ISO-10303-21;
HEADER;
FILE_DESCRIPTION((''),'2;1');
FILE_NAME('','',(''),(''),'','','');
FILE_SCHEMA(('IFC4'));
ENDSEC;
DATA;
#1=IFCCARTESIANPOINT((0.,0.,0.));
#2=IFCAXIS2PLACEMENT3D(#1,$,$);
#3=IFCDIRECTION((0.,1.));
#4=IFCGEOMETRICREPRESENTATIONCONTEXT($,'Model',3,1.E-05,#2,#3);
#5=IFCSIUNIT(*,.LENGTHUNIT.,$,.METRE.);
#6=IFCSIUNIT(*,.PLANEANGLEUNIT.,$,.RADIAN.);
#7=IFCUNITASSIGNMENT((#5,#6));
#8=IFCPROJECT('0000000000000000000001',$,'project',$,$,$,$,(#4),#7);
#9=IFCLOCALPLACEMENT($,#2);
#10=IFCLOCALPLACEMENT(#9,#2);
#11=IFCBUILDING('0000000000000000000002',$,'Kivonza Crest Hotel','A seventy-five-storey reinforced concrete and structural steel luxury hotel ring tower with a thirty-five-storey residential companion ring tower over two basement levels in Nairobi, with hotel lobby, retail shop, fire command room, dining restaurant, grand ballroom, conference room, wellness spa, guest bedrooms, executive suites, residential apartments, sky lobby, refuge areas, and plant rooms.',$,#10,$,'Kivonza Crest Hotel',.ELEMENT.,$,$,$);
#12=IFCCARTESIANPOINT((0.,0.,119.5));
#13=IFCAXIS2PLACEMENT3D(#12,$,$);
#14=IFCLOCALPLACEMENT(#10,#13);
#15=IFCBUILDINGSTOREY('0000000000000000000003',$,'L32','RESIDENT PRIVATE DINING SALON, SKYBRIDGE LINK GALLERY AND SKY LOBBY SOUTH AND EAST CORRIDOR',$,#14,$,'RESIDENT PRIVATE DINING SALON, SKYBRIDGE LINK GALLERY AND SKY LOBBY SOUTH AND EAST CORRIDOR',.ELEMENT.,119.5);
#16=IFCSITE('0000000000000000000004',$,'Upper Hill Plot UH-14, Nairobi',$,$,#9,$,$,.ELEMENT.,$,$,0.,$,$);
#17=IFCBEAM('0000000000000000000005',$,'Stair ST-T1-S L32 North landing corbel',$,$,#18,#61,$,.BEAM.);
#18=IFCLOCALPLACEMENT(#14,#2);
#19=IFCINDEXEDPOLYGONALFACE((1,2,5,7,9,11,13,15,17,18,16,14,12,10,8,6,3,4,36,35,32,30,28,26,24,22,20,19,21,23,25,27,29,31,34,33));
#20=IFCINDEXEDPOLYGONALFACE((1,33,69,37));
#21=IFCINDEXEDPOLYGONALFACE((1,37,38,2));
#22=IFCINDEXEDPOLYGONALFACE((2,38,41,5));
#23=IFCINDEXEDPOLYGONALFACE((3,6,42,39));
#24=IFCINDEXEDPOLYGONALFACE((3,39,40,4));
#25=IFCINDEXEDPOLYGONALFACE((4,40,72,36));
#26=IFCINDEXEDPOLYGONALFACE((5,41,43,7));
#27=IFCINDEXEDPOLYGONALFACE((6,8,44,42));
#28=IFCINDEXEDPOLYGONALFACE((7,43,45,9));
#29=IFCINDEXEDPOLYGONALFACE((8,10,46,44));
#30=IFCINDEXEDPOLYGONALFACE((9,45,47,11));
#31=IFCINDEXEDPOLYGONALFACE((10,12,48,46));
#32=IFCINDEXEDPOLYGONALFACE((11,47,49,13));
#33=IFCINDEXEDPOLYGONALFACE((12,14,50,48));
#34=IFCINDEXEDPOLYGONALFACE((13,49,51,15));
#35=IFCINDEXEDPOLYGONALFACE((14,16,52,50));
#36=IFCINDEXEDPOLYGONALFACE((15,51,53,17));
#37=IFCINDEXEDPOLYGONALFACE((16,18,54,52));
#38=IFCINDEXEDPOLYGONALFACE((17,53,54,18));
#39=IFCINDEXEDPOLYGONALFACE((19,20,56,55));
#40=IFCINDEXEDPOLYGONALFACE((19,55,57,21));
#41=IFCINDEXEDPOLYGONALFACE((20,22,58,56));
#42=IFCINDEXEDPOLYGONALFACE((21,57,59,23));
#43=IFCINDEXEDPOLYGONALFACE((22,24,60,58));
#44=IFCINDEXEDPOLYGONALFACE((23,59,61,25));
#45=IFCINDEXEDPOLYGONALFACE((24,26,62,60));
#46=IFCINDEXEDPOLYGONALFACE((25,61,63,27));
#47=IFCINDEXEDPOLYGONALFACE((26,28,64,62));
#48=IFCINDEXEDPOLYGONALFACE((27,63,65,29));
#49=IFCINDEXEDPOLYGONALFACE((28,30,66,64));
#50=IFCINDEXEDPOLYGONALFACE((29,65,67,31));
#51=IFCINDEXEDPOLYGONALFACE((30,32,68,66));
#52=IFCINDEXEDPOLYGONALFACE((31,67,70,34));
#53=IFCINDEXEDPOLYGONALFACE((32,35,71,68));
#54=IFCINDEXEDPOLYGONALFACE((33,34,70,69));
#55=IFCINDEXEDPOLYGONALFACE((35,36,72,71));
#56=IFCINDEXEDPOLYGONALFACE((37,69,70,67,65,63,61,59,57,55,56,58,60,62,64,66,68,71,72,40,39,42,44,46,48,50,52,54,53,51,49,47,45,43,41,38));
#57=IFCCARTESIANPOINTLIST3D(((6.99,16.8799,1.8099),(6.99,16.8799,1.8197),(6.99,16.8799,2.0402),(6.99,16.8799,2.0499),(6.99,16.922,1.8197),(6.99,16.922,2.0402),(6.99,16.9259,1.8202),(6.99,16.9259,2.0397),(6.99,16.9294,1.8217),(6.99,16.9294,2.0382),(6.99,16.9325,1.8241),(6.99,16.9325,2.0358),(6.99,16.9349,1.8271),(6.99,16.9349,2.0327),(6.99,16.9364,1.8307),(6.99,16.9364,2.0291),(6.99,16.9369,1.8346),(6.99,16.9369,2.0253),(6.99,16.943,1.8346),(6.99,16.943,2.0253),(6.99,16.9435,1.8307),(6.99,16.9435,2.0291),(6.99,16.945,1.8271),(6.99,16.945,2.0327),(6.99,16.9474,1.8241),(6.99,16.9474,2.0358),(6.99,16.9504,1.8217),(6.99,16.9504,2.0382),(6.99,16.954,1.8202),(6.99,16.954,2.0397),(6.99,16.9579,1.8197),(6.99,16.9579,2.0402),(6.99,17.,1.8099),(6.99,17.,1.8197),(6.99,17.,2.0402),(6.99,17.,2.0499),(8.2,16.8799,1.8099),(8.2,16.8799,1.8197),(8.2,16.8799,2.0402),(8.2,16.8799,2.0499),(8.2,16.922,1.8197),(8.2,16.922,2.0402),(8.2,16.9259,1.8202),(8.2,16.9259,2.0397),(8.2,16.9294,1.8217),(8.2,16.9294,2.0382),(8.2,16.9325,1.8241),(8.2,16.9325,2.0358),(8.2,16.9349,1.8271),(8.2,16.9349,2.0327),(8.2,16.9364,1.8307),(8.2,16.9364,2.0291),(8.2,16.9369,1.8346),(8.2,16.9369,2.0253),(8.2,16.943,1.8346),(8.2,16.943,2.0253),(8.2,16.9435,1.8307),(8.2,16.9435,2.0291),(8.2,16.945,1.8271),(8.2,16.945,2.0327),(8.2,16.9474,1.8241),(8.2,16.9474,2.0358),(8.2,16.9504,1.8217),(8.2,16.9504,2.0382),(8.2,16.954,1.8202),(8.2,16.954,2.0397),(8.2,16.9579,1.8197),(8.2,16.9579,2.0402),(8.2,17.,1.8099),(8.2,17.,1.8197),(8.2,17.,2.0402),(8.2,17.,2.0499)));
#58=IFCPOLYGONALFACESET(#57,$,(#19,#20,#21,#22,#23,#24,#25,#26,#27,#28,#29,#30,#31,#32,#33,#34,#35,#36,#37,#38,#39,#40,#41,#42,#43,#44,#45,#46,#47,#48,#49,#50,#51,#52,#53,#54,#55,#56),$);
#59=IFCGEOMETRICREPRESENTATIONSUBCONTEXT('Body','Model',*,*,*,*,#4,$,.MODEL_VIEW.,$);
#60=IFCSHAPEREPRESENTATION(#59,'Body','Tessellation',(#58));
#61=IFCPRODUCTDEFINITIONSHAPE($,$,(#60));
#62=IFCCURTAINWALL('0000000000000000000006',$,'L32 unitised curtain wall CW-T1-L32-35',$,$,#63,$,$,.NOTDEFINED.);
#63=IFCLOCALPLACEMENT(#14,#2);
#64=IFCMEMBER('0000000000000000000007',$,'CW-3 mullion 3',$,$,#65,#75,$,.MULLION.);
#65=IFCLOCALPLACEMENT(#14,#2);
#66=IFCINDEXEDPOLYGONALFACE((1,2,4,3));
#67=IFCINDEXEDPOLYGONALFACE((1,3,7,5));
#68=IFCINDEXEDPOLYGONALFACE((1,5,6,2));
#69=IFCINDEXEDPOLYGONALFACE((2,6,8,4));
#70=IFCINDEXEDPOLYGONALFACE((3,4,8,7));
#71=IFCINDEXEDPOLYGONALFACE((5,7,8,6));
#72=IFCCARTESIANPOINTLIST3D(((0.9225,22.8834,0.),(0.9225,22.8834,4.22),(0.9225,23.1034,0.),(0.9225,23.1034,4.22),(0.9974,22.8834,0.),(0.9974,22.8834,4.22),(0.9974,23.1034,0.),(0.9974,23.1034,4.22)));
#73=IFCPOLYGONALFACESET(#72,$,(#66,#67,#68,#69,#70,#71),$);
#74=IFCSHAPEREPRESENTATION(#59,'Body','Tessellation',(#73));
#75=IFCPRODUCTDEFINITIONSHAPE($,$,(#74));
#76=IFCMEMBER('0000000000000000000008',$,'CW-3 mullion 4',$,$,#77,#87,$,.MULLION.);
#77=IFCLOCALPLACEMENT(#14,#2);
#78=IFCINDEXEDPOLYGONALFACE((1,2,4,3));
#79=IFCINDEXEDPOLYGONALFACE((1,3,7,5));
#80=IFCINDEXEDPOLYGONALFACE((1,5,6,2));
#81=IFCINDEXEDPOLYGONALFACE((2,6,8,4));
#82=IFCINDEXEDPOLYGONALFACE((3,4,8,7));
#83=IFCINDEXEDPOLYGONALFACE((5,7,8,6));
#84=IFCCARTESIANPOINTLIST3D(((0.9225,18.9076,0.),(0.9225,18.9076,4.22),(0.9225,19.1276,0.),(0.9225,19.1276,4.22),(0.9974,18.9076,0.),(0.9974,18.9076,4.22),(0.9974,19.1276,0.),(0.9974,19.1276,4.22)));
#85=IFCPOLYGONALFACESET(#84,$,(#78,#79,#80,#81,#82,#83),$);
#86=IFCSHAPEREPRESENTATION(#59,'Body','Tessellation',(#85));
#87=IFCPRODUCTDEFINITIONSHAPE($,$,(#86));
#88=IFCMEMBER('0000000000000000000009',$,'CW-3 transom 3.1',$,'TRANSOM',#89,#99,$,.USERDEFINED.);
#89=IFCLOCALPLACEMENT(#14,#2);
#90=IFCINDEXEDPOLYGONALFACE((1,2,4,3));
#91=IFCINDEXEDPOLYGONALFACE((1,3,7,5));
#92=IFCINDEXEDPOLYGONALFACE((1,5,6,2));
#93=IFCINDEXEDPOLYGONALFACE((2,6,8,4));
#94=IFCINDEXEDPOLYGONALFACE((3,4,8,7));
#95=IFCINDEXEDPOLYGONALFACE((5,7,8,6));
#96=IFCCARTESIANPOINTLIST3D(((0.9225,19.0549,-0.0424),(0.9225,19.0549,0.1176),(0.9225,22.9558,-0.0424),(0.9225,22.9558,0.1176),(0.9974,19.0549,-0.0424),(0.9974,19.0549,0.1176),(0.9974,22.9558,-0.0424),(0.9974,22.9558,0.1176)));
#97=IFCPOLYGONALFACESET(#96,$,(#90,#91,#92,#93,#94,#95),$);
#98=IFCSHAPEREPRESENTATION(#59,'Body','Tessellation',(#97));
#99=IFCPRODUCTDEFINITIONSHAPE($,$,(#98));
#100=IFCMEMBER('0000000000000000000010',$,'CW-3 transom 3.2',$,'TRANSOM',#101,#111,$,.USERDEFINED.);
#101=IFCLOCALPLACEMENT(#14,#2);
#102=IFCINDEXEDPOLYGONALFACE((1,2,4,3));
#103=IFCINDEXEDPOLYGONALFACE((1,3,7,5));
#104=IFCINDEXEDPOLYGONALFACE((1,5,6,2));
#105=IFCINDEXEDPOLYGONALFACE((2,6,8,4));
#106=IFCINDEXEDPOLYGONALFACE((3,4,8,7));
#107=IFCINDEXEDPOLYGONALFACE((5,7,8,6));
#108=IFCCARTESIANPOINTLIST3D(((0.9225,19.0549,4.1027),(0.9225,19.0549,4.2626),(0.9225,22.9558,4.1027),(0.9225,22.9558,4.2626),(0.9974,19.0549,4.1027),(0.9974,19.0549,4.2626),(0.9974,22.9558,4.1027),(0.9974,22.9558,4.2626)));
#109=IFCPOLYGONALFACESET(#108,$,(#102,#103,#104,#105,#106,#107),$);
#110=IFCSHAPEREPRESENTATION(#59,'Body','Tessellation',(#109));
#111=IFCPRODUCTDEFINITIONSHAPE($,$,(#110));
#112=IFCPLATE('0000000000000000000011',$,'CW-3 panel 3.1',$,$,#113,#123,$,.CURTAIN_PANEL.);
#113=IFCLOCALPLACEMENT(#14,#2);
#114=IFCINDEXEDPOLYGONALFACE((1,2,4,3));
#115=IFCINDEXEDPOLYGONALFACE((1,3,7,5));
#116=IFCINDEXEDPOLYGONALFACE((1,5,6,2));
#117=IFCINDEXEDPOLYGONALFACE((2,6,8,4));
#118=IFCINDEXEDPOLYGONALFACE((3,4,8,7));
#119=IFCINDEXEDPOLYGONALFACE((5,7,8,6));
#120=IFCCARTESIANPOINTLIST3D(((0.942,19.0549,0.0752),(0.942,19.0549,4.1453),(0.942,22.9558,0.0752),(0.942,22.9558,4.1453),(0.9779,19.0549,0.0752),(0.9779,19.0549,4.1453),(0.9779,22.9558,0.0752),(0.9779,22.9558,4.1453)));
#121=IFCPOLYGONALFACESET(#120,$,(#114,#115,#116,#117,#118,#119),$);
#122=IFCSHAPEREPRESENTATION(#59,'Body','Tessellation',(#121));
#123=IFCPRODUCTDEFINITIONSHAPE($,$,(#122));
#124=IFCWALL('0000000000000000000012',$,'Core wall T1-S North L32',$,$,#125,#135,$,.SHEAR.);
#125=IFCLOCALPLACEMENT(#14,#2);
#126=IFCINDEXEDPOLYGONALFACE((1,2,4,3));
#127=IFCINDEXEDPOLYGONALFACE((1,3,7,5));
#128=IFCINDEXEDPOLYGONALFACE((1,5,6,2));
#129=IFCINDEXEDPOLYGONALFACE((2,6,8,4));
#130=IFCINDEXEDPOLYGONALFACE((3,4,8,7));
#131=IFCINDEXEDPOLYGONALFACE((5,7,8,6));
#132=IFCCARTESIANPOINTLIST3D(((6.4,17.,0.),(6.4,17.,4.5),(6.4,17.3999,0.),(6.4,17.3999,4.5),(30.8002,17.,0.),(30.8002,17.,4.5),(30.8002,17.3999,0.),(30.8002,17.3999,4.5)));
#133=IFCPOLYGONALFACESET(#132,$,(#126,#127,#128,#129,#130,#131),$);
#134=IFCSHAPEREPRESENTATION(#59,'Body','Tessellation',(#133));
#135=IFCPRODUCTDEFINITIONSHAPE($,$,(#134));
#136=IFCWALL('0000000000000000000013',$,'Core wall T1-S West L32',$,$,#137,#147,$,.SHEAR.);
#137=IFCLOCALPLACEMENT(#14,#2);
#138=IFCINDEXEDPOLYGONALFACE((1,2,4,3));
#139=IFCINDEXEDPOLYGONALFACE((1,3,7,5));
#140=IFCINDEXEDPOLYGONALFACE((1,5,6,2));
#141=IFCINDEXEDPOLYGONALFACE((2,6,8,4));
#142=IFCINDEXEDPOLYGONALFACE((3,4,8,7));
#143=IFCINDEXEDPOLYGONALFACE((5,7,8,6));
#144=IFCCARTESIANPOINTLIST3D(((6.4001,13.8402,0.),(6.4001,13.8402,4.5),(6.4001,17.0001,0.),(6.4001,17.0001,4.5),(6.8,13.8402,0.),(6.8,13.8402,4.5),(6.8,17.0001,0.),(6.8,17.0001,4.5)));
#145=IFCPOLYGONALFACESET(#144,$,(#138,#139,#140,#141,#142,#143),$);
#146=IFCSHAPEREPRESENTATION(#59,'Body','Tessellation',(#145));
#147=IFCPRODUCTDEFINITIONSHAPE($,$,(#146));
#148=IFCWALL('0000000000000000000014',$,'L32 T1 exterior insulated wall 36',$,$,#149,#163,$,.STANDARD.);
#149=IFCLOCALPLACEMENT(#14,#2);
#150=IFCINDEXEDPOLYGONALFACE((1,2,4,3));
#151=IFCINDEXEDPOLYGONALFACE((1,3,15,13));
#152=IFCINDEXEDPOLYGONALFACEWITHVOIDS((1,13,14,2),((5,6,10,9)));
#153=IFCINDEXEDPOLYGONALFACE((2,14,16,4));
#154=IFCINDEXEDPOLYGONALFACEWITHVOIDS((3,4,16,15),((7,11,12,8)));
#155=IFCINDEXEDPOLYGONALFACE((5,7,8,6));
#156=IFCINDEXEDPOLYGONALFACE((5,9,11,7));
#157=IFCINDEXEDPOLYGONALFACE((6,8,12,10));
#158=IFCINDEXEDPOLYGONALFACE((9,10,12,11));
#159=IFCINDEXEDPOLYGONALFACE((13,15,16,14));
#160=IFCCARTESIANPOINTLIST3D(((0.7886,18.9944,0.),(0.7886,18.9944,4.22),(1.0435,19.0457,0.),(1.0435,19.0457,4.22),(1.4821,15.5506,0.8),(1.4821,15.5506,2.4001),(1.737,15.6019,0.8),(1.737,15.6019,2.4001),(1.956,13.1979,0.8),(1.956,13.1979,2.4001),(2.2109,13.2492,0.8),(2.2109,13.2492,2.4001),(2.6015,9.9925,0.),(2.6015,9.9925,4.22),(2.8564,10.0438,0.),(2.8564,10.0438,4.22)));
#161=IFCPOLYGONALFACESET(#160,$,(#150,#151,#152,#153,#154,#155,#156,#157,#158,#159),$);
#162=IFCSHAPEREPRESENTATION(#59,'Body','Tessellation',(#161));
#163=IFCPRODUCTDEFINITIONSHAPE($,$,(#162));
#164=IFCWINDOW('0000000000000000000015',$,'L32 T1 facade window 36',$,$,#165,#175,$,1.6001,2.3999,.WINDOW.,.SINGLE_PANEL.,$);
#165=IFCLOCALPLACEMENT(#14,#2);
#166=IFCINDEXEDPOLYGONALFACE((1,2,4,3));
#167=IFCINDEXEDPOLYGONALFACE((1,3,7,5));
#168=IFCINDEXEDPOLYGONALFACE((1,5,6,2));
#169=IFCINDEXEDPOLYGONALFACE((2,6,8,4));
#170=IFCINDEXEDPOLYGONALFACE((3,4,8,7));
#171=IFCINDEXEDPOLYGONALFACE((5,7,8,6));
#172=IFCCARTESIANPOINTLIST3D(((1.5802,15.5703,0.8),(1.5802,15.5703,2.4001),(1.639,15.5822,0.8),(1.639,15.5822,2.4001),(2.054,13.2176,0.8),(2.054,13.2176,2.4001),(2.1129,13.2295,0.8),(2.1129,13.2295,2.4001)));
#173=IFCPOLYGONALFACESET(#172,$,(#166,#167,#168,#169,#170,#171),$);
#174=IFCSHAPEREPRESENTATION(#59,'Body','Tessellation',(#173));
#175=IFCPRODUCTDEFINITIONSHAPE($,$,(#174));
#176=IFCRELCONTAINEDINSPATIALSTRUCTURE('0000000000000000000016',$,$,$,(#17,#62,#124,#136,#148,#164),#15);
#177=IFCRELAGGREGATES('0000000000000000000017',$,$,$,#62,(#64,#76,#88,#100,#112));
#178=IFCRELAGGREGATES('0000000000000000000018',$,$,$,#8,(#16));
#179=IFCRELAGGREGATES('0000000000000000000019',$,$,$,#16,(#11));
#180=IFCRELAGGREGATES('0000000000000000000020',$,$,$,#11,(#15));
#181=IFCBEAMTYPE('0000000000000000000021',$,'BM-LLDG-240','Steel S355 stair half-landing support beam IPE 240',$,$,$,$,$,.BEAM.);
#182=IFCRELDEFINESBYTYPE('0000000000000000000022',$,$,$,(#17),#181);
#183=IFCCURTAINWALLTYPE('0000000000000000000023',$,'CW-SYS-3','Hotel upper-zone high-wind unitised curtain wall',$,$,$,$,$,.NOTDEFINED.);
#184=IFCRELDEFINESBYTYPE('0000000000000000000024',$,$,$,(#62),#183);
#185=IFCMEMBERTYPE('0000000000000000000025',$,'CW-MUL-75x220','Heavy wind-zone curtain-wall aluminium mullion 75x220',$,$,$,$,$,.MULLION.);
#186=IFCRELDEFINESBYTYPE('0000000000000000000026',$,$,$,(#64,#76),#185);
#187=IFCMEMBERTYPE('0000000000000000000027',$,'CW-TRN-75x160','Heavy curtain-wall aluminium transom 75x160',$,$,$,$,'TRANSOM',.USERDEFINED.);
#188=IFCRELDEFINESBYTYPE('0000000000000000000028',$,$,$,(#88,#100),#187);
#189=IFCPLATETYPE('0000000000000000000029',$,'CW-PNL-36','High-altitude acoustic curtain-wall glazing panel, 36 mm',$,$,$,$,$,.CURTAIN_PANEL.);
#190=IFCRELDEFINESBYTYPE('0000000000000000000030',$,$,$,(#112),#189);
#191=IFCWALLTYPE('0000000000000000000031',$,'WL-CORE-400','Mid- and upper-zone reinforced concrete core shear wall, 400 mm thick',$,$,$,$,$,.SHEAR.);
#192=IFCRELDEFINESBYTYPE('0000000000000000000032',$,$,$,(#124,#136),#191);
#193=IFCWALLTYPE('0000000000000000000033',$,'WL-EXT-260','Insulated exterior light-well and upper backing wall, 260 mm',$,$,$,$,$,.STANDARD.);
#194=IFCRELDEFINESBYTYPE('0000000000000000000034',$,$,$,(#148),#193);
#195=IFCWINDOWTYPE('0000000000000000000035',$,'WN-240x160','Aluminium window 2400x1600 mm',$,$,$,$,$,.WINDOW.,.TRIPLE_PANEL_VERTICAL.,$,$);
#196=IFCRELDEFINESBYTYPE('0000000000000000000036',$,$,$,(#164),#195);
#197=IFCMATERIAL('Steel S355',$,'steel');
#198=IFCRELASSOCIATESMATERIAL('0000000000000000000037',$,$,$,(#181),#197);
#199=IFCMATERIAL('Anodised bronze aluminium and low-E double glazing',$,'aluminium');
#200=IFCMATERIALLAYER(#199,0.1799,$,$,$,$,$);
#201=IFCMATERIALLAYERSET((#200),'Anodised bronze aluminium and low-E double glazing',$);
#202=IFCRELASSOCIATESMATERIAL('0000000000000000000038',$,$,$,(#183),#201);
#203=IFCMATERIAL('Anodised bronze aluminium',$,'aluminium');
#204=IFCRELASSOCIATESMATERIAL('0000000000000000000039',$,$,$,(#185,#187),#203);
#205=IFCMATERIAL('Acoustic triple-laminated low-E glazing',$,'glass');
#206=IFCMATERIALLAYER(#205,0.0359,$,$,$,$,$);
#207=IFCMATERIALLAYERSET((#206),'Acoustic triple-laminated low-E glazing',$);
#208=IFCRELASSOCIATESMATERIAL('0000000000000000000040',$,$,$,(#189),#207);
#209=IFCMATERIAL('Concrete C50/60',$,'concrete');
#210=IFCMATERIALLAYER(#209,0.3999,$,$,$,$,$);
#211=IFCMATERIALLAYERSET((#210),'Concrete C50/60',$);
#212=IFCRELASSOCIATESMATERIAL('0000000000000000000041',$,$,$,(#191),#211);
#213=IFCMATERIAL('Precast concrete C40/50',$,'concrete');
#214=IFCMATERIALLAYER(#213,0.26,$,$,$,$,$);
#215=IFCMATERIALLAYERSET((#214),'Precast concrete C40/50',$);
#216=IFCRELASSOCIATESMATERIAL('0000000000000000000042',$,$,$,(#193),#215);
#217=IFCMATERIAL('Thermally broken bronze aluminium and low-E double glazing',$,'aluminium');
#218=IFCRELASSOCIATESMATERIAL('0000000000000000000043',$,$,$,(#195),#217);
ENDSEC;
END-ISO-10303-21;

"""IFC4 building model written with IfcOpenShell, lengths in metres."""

from ifc_helpers import new_model, si_unit, direction, frame, frame_2d, origin, origin_2d, place, context, subcontext, project, spatial, rectangle, i_section, extrude, material, layer, layer_set, material_profile, profile_set, type_object, element, fill, aggregate, save


model = new_model("IFC4")

# Units and contexts
model_context = context("Model", 3, precision=1e-05, world=origin(), true_north=direction((0.0, 1.0)))
body_context = subcontext(model_context, "Body", "Model", "MODEL_VIEW")
ifc_project = project(units=[si_unit("LENGTHUNIT", "METRE"), si_unit("PLANEANGLEUNIT", "RADIAN")], contexts=[model_context])

# Site, building, storey
site_placement = place(None, origin())
site = spatial("IfcSite", under=ifc_project, at=site_placement, Name="Upper Hill Plot UH-14, Nairobi", CompositionType="ELEMENT", RefElevation=0.0)
building_placement = place(site_placement, origin())
building = spatial("IfcBuilding", under=site, at=building_placement, Name="Kivonza Crest Hotel", Description="A seventy-five-storey reinforced concrete and structural steel luxury hotel ring tower with a thirty-five-storey residential companion ring tower over two basement levels in Nairobi, with hotel lobby, retail shop, fire command room, dining restaurant, grand ballroom, conference room, wellness spa, guest bedrooms, executive suites, residential apartments, sky lobby, refuge areas, and plant rooms.", LongName="Kivonza Crest Hotel", CompositionType="ELEMENT")
storey_placement = place(building_placement, frame((0.0, 0.0, 119.5)))
storey = spatial("IfcBuildingStorey", under=building, at=storey_placement, Name="L32", Description="RESIDENT PRIVATE DINING SALON, SKYBRIDGE LINK GALLERY AND SKY LOBBY SOUTH AND EAST CORRIDOR", LongName="RESIDENT PRIVATE DINING SALON, SKYBRIDGE LINK GALLERY AND SKY LOBBY SOUTH AND EAST CORRIDOR", CompositionType="ELEMENT", Elevation=119.5)

# Shared definitions
ifc_material_1 = material(Name="Concrete C50/60", Category="concrete")

# Beam
ifc_material_2 = material(Name="Steel S355", Category="steel")
ifc_material_profile_1 = material_profile(ifc_material_2, i_section(OverallWidth=0.1201, OverallDepth=0.24, WebThickness=0.0061, FlangeThickness=0.0098, FilletRadius=0.0149, at=origin_2d()), Name="IPE 240")
ifc_profile_set_1 = profile_set([ifc_material_profile_1], Name="Steel S355")
beam_type_1 = type_object("IfcBeamType", Name="BM-LLDG-240", Description="Steel S355 stair half-landing support beam IPE 240", PredefinedType="BEAM", material=ifc_profile_set_1)
for number, where, z_axis, x_axis, name in (
    (1, (6.99, 16.9399, 1.9299), (1.0, 0.0, 0.0), (0.0, 1.0, 0.0), "Stair ST-T1-S L32 North landing corbel"),
):
    element("IfcBeam", number, at=place(storey_placement, frame(where, z_axis=z_axis, x_axis=x_axis)), inside=storey, type_object=beam_type_1, Name=name, PredefinedType="BEAM", context=body_context, shape_type="SweptSolid", body=[
        extrude(i_section(OverallWidth=0.1201, OverallDepth=0.24, WebThickness=0.0061, FlangeThickness=0.0098, FilletRadius=0.0149, at=origin_2d()), origin(), (0.0, 0.0, 1.0), 1.21),
    ])

# Curtain wall, members, plate
ifc_material_3 = material(Name="Anodised bronze aluminium and low-E double glazing", Category="aluminium")
ifc_layer_1 = layer(ifc_material_3, 0.1799)
ifc_layer_set_1 = layer_set([ifc_layer_1], Name="Anodised bronze aluminium and low-E double glazing")
curtain_wall_type = type_object("IfcCurtainWallType", Name="CW-SYS-3", Description="Hotel upper-zone high-wind unitised curtain wall", PredefinedType="NOTDEFINED", material=ifc_layer_set_1)
curtain_wall_placement = place(storey_placement, origin())
curtain_wall = element("IfcCurtainWall", 2, at=curtain_wall_placement, inside=storey, type_object=curtain_wall_type, Name="L32 unitised curtain wall CW-T1-L32-35", PredefinedType="NOTDEFINED")
ifc_material_4 = material(Name="Anodised bronze aluminium", Category="aluminium")
ifc_material_profile_2 = material_profile(ifc_material_4, rectangle(XDim=0.075, YDim=0.22, at=origin_2d()), Name="CW-M 75x220")
ifc_profile_set_2 = profile_set([ifc_material_profile_2], Name="Anodised bronze aluminium")
member_type_1 = type_object("IfcMemberType", Name="CW-MUL-75x220", Description="Heavy wind-zone curtain-wall aluminium mullion 75x220", PredefinedType="MULLION", material=ifc_profile_set_2)
member_1_placement = place(storey_placement, frame((0.96, 22.9934, 0.0), z_axis=(0.0, 0.0, 1.0), x_axis=(1.0, 0.0, 0.0)))
member_1 = element("IfcMember", 3, at=member_1_placement, type_object=member_type_1, Name="CW-3 mullion 3", PredefinedType="MULLION", context=body_context, shape_type="SweptSolid", body=[
    extrude(rectangle(XDim=0.075, YDim=0.22, at=origin_2d()), origin(), (0.0, 0.0, 1.0), 4.22),
])
member_2_placement = place(storey_placement, frame((0.96, 19.0176, 0.0), z_axis=(0.0, 0.0, 1.0), x_axis=(1.0, 0.0, 0.0)))
member_2 = element("IfcMember", 4, at=member_2_placement, type_object=member_type_1, Name="CW-3 mullion 4", PredefinedType="MULLION", context=body_context, shape_type="SweptSolid", body=[
    extrude(rectangle(XDim=0.075, YDim=0.22, at=origin_2d()), origin(), (0.0, 0.0, 1.0), 4.22),
])
ifc_material_profile_3 = material_profile(ifc_material_4, rectangle(XDim=0.075, YDim=0.1599, at=origin_2d()), Name="CW-T 75x160")
ifc_profile_set_3 = profile_set([ifc_material_profile_3], Name="Anodised bronze aluminium")
member_type_2 = type_object("IfcMemberType", Name="CW-TRN-75x160", Description="Heavy curtain-wall aluminium transom 75x160", ElementType="TRANSOM", PredefinedType="USERDEFINED", material=ifc_profile_set_3)
member_3_placement = place(storey_placement, frame((0.96, 22.9558, 0.0376), z_axis=(0.0, -1.0, 0.0), x_axis=(1.0, 0.0, 0.0)))
member_3 = element("IfcMember", 5, at=member_3_placement, type_object=member_type_2, Name="CW-3 transom 3.1", ObjectType="TRANSOM", PredefinedType="USERDEFINED", context=body_context, shape_type="SweptSolid", body=[
    extrude(rectangle(XDim=0.075, YDim=0.1599, at=origin_2d()), origin(), (0.0, 0.0, 1.0), 3.9009),
])
member_4_placement = place(storey_placement, frame((0.96, 22.9558, 4.1826), z_axis=(0.0, -1.0, 0.0), x_axis=(1.0, 0.0, 0.0)))
member_4 = element("IfcMember", 6, at=member_4_placement, type_object=member_type_2, Name="CW-3 transom 3.2", ObjectType="TRANSOM", PredefinedType="USERDEFINED", context=body_context, shape_type="SweptSolid", body=[
    extrude(rectangle(XDim=0.075, YDim=0.1599, at=origin_2d()), origin(), (0.0, 0.0, 1.0), 3.9009),
])
ifc_material_5 = material(Name="Acoustic triple-laminated low-E glazing", Category="glass")
ifc_layer_2 = layer(ifc_material_5, 0.0359)
ifc_layer_set_2 = layer_set([ifc_layer_2], Name="Acoustic triple-laminated low-E glazing")
plate_type = type_object("IfcPlateType", Name="CW-PNL-36", Description="High-altitude acoustic curtain-wall glazing panel, 36 mm", PredefinedType="CURTAIN_PANEL", material=ifc_layer_set_2)
plate_placement = place(storey_placement, frame((0.96, 21.0054, 0.0752), z_axis=(0.0, 0.0, 1.0), x_axis=(0.0, -1.0, 0.0)))
plate = element("IfcPlate", 7, at=plate_placement, type_object=plate_type, Name="CW-3 panel 3.1", PredefinedType="CURTAIN_PANEL", context=body_context, shape_type="SweptSolid", body=[
    extrude(rectangle(XDim=3.9009, YDim=0.0359, at=origin_2d()), origin(), (0.0, 0.0, 1.0), 4.0701),
])
aggregate(curtain_wall, [member_1, member_2, member_3, member_4, plate])

# Shared definitions
ifc_layer_3 = layer(ifc_material_1, 0.3999)
ifc_layer_set_3 = layer_set([ifc_layer_3], Name="Concrete C50/60")
wall_type_1 = type_object("IfcWallType", Name="WL-CORE-400", Description="Mid- and upper-zone reinforced concrete core shear wall, 400 mm thick", PredefinedType="SHEAR", material=ifc_layer_set_3)

# Walls
wall_1_placement = place(storey_placement, frame((6.3999, 17.2, 0.0), z_axis=(0.0, 0.0, 1.0), x_axis=(1.0, 0.0, 0.0)))
element("IfcWall", 8, at=wall_1_placement, inside=storey, type_object=wall_type_1, Name="Core wall T1-S North L32", PredefinedType="SHEAR", context=body_context, shape_type="SweptSolid", body=[
    extrude(rectangle(XDim=24.4001, YDim=0.3999, at=frame_2d((12.2002, 0.0))), origin(), (0.0, 0.0, 1.0), 4.5),
])
wall_2_placement = place(storey_placement, frame((6.6001, 13.8401, 0.0), z_axis=(0.0, 0.0, 1.0), x_axis=(0.0, 1.0, 0.0)))
element("IfcWall", 9, at=wall_2_placement, inside=storey, type_object=wall_type_1, Name="Core wall T1-S West L32", PredefinedType="SHEAR", context=body_context, shape_type="SweptSolid", body=[
    extrude(rectangle(XDim=3.1599, YDim=0.3999, at=frame_2d((1.5801, 0.0))), origin(), (0.0, 0.0, 1.0), 4.5),
])

# Wall, opening, window
ifc_material_6 = material(Name="Precast concrete C40/50", Category="concrete")
ifc_layer_4 = layer(ifc_material_6, 0.26)
ifc_layer_set_4 = layer_set([ifc_layer_4], Name="Precast concrete C40/50")
wall_type_2 = type_object("IfcWallType", Name="WL-EXT-260", Description="Insulated exterior light-well and upper backing wall, 260 mm", PredefinedType="STANDARD", material=ifc_layer_set_4)
wall_3_placement = place(storey_placement, frame((0.916, 19.02, 0.0), z_axis=(0.0, 0.0, 1.0), x_axis=(0.197435, -0.980316, 0.0)))
wall_3 = element("IfcWall", 10, at=wall_3_placement, inside=storey, type_object=wall_type_2, Name="L32 T1 exterior insulated wall 36", PredefinedType="STANDARD", context=body_context, shape_type="SweptSolid", body=[
    extrude(rectangle(XDim=9.1826, YDim=0.26, at=frame_2d((4.5913, 0.0))), origin(), (0.0, 0.0, 1.0), 4.22),
])
opening_1_placement = place(wall_3_placement, frame((3.5129, 0.0, 0.8)))
opening_1 = element("IfcOpeningElement", 11, at=opening_1_placement, cuts=wall_3, PredefinedType="OPENING", context=body_context, shape_type="SweptSolid", body=[
    extrude(rectangle(XDim=2.3999, YDim=1.6001, at=frame_2d((1.2, 0.8))), frame((0.0, 0.1401, 0.0), z_axis=(0.0, -1.0, 0.0), x_axis=(1.0, 0.0, 0.0)), (0.0, 0.0, 1.0), 0.28),
])
ifc_material_7 = material(Name="Thermally broken bronze aluminium and low-E double glazing", Category="aluminium")
window_type = type_object("IfcWindowType", Name="WN-240x160", Description="Aluminium window 2400x1600 mm", PartitioningType="TRIPLE_PANEL_VERTICAL", PredefinedType="WINDOW", material=ifc_material_7)
window_placement = place(opening_1_placement, origin())
window = element("IfcWindow", 12, at=window_placement, inside=storey, type_object=window_type, Name="L32 T1 facade window 36", OverallHeight=1.6001, OverallWidth=2.3999, PartitioningType="SINGLE_PANEL", PredefinedType="WINDOW", context=body_context, shape_type="SweptSolid", body=[
    extrude(rectangle(XDim=2.3999, YDim=1.6001, at=frame_2d((1.2, 0.8))), frame((0.0, 0.03, 0.0), z_axis=(0.0, -1.0, 0.0), x_axis=(1.0, 0.0, 0.0)), (0.0, 0.0, 1.0), 0.0601),
])
fill(opening_1, window)

save(model, "model.ifc")
